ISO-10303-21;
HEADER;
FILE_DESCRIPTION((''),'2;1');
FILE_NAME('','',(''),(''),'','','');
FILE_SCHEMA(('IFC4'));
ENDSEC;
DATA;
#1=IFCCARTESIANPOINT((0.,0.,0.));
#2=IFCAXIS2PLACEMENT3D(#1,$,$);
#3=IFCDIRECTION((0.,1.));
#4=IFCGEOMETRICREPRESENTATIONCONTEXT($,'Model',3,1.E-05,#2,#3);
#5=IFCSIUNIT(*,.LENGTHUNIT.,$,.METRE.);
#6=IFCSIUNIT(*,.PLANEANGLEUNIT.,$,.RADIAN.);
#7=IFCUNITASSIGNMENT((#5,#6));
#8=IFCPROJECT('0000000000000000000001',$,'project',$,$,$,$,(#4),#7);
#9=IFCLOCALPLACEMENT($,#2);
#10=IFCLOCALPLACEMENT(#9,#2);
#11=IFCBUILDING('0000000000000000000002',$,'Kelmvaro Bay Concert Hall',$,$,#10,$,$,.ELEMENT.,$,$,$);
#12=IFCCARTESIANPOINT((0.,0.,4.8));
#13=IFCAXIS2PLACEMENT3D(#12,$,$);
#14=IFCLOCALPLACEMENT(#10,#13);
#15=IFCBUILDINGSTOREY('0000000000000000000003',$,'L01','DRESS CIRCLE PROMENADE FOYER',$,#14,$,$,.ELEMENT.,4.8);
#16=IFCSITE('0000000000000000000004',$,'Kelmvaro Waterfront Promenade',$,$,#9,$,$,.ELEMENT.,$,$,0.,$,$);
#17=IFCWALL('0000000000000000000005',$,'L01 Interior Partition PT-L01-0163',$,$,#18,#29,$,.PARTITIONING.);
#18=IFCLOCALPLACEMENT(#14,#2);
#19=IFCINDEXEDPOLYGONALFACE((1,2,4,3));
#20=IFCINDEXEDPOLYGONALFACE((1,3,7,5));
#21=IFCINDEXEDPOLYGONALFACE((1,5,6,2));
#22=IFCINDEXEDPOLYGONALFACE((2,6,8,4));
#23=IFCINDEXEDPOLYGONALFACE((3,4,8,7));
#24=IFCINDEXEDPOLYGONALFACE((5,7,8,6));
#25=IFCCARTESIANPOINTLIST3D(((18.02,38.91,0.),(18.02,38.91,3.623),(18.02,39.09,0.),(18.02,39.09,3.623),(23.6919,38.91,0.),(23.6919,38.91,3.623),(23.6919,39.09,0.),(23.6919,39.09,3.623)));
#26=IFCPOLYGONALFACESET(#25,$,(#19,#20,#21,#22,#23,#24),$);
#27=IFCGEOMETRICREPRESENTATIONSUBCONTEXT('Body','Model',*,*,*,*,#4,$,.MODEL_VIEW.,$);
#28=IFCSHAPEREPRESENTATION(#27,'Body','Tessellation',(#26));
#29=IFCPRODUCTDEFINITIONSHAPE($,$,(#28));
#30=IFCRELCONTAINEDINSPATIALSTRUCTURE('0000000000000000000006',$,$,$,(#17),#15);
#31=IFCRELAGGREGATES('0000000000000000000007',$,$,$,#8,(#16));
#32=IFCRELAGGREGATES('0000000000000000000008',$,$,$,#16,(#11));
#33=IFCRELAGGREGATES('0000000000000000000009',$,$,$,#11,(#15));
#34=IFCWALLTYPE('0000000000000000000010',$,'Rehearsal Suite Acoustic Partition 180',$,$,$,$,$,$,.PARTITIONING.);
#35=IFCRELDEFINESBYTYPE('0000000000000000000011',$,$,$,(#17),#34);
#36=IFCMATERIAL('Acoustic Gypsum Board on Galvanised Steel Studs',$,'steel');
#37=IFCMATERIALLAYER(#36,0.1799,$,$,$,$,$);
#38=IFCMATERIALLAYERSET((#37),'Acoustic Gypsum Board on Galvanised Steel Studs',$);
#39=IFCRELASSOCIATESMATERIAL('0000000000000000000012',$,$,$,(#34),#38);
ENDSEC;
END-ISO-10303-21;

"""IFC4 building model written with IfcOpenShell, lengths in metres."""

from ifc_helpers import new_model, si_unit, direction, frame, frame_2d, origin, place, context, subcontext, project, spatial, rectangle, extrude, material, layer, layer_set, type_object, element, save


model = new_model("IFC4")

# Units and contexts
model_context = context("Model", 3, precision=1e-05, world=origin(), true_north=direction((0.0, 1.0)))
body_context = subcontext(model_context, "Body", "Model", "MODEL_VIEW")
ifc_project = project(units=[si_unit("LENGTHUNIT", "METRE"), si_unit("PLANEANGLEUNIT", "RADIAN")], contexts=[model_context])

# Site, building, storey
site_placement = place(None, origin())
site = spatial("IfcSite", under=ifc_project, at=site_placement, Name="Kelmvaro Waterfront Promenade", CompositionType="ELEMENT", RefElevation=0.0)
building_placement = place(site_placement, origin())
building = spatial("IfcBuilding", under=site, at=building_placement, Name="Kelmvaro Bay Concert Hall", CompositionType="ELEMENT")
storey_placement = place(building_placement, frame((0.0, 0.0, 4.8)))
storey = spatial("IfcBuildingStorey", under=building, at=storey_placement, Name="L01", Description="DRESS CIRCLE PROMENADE FOYER", CompositionType="ELEMENT", Elevation=4.8)

# Wall
ifc_material_1 = material(Name="Acoustic Gypsum Board on Galvanised Steel Studs", Category="steel")
ifc_layer_1 = layer(ifc_material_1, 0.1799)
ifc_layer_set_1 = layer_set([ifc_layer_1], Name="Acoustic Gypsum Board on Galvanised Steel Studs")
wall_type_1 = type_object("IfcWallType", Name="Rehearsal Suite Acoustic Partition 180", PredefinedType="PARTITIONING", material=ifc_layer_set_1)
wall_1_placement = place(storey_placement, frame((18.02, 39.0, 0.0), z_axis=(0.0, 0.0, 1.0), x_axis=(1.0, 0.0, 0.0)))
element("IfcWall", 1, at=wall_1_placement, inside=storey, type_object=wall_type_1, Name="L01 Interior Partition PT-L01-0163", PredefinedType="PARTITIONING", context=body_context, shape_type="SweptSolid", body=[
    extrude(rectangle(XDim=5.6719, YDim=0.1799, at=frame_2d((2.8359, 0.0))), origin(), (0.0, 0.0, 1.0), 3.623),
])

save(model, "model.ifc")
